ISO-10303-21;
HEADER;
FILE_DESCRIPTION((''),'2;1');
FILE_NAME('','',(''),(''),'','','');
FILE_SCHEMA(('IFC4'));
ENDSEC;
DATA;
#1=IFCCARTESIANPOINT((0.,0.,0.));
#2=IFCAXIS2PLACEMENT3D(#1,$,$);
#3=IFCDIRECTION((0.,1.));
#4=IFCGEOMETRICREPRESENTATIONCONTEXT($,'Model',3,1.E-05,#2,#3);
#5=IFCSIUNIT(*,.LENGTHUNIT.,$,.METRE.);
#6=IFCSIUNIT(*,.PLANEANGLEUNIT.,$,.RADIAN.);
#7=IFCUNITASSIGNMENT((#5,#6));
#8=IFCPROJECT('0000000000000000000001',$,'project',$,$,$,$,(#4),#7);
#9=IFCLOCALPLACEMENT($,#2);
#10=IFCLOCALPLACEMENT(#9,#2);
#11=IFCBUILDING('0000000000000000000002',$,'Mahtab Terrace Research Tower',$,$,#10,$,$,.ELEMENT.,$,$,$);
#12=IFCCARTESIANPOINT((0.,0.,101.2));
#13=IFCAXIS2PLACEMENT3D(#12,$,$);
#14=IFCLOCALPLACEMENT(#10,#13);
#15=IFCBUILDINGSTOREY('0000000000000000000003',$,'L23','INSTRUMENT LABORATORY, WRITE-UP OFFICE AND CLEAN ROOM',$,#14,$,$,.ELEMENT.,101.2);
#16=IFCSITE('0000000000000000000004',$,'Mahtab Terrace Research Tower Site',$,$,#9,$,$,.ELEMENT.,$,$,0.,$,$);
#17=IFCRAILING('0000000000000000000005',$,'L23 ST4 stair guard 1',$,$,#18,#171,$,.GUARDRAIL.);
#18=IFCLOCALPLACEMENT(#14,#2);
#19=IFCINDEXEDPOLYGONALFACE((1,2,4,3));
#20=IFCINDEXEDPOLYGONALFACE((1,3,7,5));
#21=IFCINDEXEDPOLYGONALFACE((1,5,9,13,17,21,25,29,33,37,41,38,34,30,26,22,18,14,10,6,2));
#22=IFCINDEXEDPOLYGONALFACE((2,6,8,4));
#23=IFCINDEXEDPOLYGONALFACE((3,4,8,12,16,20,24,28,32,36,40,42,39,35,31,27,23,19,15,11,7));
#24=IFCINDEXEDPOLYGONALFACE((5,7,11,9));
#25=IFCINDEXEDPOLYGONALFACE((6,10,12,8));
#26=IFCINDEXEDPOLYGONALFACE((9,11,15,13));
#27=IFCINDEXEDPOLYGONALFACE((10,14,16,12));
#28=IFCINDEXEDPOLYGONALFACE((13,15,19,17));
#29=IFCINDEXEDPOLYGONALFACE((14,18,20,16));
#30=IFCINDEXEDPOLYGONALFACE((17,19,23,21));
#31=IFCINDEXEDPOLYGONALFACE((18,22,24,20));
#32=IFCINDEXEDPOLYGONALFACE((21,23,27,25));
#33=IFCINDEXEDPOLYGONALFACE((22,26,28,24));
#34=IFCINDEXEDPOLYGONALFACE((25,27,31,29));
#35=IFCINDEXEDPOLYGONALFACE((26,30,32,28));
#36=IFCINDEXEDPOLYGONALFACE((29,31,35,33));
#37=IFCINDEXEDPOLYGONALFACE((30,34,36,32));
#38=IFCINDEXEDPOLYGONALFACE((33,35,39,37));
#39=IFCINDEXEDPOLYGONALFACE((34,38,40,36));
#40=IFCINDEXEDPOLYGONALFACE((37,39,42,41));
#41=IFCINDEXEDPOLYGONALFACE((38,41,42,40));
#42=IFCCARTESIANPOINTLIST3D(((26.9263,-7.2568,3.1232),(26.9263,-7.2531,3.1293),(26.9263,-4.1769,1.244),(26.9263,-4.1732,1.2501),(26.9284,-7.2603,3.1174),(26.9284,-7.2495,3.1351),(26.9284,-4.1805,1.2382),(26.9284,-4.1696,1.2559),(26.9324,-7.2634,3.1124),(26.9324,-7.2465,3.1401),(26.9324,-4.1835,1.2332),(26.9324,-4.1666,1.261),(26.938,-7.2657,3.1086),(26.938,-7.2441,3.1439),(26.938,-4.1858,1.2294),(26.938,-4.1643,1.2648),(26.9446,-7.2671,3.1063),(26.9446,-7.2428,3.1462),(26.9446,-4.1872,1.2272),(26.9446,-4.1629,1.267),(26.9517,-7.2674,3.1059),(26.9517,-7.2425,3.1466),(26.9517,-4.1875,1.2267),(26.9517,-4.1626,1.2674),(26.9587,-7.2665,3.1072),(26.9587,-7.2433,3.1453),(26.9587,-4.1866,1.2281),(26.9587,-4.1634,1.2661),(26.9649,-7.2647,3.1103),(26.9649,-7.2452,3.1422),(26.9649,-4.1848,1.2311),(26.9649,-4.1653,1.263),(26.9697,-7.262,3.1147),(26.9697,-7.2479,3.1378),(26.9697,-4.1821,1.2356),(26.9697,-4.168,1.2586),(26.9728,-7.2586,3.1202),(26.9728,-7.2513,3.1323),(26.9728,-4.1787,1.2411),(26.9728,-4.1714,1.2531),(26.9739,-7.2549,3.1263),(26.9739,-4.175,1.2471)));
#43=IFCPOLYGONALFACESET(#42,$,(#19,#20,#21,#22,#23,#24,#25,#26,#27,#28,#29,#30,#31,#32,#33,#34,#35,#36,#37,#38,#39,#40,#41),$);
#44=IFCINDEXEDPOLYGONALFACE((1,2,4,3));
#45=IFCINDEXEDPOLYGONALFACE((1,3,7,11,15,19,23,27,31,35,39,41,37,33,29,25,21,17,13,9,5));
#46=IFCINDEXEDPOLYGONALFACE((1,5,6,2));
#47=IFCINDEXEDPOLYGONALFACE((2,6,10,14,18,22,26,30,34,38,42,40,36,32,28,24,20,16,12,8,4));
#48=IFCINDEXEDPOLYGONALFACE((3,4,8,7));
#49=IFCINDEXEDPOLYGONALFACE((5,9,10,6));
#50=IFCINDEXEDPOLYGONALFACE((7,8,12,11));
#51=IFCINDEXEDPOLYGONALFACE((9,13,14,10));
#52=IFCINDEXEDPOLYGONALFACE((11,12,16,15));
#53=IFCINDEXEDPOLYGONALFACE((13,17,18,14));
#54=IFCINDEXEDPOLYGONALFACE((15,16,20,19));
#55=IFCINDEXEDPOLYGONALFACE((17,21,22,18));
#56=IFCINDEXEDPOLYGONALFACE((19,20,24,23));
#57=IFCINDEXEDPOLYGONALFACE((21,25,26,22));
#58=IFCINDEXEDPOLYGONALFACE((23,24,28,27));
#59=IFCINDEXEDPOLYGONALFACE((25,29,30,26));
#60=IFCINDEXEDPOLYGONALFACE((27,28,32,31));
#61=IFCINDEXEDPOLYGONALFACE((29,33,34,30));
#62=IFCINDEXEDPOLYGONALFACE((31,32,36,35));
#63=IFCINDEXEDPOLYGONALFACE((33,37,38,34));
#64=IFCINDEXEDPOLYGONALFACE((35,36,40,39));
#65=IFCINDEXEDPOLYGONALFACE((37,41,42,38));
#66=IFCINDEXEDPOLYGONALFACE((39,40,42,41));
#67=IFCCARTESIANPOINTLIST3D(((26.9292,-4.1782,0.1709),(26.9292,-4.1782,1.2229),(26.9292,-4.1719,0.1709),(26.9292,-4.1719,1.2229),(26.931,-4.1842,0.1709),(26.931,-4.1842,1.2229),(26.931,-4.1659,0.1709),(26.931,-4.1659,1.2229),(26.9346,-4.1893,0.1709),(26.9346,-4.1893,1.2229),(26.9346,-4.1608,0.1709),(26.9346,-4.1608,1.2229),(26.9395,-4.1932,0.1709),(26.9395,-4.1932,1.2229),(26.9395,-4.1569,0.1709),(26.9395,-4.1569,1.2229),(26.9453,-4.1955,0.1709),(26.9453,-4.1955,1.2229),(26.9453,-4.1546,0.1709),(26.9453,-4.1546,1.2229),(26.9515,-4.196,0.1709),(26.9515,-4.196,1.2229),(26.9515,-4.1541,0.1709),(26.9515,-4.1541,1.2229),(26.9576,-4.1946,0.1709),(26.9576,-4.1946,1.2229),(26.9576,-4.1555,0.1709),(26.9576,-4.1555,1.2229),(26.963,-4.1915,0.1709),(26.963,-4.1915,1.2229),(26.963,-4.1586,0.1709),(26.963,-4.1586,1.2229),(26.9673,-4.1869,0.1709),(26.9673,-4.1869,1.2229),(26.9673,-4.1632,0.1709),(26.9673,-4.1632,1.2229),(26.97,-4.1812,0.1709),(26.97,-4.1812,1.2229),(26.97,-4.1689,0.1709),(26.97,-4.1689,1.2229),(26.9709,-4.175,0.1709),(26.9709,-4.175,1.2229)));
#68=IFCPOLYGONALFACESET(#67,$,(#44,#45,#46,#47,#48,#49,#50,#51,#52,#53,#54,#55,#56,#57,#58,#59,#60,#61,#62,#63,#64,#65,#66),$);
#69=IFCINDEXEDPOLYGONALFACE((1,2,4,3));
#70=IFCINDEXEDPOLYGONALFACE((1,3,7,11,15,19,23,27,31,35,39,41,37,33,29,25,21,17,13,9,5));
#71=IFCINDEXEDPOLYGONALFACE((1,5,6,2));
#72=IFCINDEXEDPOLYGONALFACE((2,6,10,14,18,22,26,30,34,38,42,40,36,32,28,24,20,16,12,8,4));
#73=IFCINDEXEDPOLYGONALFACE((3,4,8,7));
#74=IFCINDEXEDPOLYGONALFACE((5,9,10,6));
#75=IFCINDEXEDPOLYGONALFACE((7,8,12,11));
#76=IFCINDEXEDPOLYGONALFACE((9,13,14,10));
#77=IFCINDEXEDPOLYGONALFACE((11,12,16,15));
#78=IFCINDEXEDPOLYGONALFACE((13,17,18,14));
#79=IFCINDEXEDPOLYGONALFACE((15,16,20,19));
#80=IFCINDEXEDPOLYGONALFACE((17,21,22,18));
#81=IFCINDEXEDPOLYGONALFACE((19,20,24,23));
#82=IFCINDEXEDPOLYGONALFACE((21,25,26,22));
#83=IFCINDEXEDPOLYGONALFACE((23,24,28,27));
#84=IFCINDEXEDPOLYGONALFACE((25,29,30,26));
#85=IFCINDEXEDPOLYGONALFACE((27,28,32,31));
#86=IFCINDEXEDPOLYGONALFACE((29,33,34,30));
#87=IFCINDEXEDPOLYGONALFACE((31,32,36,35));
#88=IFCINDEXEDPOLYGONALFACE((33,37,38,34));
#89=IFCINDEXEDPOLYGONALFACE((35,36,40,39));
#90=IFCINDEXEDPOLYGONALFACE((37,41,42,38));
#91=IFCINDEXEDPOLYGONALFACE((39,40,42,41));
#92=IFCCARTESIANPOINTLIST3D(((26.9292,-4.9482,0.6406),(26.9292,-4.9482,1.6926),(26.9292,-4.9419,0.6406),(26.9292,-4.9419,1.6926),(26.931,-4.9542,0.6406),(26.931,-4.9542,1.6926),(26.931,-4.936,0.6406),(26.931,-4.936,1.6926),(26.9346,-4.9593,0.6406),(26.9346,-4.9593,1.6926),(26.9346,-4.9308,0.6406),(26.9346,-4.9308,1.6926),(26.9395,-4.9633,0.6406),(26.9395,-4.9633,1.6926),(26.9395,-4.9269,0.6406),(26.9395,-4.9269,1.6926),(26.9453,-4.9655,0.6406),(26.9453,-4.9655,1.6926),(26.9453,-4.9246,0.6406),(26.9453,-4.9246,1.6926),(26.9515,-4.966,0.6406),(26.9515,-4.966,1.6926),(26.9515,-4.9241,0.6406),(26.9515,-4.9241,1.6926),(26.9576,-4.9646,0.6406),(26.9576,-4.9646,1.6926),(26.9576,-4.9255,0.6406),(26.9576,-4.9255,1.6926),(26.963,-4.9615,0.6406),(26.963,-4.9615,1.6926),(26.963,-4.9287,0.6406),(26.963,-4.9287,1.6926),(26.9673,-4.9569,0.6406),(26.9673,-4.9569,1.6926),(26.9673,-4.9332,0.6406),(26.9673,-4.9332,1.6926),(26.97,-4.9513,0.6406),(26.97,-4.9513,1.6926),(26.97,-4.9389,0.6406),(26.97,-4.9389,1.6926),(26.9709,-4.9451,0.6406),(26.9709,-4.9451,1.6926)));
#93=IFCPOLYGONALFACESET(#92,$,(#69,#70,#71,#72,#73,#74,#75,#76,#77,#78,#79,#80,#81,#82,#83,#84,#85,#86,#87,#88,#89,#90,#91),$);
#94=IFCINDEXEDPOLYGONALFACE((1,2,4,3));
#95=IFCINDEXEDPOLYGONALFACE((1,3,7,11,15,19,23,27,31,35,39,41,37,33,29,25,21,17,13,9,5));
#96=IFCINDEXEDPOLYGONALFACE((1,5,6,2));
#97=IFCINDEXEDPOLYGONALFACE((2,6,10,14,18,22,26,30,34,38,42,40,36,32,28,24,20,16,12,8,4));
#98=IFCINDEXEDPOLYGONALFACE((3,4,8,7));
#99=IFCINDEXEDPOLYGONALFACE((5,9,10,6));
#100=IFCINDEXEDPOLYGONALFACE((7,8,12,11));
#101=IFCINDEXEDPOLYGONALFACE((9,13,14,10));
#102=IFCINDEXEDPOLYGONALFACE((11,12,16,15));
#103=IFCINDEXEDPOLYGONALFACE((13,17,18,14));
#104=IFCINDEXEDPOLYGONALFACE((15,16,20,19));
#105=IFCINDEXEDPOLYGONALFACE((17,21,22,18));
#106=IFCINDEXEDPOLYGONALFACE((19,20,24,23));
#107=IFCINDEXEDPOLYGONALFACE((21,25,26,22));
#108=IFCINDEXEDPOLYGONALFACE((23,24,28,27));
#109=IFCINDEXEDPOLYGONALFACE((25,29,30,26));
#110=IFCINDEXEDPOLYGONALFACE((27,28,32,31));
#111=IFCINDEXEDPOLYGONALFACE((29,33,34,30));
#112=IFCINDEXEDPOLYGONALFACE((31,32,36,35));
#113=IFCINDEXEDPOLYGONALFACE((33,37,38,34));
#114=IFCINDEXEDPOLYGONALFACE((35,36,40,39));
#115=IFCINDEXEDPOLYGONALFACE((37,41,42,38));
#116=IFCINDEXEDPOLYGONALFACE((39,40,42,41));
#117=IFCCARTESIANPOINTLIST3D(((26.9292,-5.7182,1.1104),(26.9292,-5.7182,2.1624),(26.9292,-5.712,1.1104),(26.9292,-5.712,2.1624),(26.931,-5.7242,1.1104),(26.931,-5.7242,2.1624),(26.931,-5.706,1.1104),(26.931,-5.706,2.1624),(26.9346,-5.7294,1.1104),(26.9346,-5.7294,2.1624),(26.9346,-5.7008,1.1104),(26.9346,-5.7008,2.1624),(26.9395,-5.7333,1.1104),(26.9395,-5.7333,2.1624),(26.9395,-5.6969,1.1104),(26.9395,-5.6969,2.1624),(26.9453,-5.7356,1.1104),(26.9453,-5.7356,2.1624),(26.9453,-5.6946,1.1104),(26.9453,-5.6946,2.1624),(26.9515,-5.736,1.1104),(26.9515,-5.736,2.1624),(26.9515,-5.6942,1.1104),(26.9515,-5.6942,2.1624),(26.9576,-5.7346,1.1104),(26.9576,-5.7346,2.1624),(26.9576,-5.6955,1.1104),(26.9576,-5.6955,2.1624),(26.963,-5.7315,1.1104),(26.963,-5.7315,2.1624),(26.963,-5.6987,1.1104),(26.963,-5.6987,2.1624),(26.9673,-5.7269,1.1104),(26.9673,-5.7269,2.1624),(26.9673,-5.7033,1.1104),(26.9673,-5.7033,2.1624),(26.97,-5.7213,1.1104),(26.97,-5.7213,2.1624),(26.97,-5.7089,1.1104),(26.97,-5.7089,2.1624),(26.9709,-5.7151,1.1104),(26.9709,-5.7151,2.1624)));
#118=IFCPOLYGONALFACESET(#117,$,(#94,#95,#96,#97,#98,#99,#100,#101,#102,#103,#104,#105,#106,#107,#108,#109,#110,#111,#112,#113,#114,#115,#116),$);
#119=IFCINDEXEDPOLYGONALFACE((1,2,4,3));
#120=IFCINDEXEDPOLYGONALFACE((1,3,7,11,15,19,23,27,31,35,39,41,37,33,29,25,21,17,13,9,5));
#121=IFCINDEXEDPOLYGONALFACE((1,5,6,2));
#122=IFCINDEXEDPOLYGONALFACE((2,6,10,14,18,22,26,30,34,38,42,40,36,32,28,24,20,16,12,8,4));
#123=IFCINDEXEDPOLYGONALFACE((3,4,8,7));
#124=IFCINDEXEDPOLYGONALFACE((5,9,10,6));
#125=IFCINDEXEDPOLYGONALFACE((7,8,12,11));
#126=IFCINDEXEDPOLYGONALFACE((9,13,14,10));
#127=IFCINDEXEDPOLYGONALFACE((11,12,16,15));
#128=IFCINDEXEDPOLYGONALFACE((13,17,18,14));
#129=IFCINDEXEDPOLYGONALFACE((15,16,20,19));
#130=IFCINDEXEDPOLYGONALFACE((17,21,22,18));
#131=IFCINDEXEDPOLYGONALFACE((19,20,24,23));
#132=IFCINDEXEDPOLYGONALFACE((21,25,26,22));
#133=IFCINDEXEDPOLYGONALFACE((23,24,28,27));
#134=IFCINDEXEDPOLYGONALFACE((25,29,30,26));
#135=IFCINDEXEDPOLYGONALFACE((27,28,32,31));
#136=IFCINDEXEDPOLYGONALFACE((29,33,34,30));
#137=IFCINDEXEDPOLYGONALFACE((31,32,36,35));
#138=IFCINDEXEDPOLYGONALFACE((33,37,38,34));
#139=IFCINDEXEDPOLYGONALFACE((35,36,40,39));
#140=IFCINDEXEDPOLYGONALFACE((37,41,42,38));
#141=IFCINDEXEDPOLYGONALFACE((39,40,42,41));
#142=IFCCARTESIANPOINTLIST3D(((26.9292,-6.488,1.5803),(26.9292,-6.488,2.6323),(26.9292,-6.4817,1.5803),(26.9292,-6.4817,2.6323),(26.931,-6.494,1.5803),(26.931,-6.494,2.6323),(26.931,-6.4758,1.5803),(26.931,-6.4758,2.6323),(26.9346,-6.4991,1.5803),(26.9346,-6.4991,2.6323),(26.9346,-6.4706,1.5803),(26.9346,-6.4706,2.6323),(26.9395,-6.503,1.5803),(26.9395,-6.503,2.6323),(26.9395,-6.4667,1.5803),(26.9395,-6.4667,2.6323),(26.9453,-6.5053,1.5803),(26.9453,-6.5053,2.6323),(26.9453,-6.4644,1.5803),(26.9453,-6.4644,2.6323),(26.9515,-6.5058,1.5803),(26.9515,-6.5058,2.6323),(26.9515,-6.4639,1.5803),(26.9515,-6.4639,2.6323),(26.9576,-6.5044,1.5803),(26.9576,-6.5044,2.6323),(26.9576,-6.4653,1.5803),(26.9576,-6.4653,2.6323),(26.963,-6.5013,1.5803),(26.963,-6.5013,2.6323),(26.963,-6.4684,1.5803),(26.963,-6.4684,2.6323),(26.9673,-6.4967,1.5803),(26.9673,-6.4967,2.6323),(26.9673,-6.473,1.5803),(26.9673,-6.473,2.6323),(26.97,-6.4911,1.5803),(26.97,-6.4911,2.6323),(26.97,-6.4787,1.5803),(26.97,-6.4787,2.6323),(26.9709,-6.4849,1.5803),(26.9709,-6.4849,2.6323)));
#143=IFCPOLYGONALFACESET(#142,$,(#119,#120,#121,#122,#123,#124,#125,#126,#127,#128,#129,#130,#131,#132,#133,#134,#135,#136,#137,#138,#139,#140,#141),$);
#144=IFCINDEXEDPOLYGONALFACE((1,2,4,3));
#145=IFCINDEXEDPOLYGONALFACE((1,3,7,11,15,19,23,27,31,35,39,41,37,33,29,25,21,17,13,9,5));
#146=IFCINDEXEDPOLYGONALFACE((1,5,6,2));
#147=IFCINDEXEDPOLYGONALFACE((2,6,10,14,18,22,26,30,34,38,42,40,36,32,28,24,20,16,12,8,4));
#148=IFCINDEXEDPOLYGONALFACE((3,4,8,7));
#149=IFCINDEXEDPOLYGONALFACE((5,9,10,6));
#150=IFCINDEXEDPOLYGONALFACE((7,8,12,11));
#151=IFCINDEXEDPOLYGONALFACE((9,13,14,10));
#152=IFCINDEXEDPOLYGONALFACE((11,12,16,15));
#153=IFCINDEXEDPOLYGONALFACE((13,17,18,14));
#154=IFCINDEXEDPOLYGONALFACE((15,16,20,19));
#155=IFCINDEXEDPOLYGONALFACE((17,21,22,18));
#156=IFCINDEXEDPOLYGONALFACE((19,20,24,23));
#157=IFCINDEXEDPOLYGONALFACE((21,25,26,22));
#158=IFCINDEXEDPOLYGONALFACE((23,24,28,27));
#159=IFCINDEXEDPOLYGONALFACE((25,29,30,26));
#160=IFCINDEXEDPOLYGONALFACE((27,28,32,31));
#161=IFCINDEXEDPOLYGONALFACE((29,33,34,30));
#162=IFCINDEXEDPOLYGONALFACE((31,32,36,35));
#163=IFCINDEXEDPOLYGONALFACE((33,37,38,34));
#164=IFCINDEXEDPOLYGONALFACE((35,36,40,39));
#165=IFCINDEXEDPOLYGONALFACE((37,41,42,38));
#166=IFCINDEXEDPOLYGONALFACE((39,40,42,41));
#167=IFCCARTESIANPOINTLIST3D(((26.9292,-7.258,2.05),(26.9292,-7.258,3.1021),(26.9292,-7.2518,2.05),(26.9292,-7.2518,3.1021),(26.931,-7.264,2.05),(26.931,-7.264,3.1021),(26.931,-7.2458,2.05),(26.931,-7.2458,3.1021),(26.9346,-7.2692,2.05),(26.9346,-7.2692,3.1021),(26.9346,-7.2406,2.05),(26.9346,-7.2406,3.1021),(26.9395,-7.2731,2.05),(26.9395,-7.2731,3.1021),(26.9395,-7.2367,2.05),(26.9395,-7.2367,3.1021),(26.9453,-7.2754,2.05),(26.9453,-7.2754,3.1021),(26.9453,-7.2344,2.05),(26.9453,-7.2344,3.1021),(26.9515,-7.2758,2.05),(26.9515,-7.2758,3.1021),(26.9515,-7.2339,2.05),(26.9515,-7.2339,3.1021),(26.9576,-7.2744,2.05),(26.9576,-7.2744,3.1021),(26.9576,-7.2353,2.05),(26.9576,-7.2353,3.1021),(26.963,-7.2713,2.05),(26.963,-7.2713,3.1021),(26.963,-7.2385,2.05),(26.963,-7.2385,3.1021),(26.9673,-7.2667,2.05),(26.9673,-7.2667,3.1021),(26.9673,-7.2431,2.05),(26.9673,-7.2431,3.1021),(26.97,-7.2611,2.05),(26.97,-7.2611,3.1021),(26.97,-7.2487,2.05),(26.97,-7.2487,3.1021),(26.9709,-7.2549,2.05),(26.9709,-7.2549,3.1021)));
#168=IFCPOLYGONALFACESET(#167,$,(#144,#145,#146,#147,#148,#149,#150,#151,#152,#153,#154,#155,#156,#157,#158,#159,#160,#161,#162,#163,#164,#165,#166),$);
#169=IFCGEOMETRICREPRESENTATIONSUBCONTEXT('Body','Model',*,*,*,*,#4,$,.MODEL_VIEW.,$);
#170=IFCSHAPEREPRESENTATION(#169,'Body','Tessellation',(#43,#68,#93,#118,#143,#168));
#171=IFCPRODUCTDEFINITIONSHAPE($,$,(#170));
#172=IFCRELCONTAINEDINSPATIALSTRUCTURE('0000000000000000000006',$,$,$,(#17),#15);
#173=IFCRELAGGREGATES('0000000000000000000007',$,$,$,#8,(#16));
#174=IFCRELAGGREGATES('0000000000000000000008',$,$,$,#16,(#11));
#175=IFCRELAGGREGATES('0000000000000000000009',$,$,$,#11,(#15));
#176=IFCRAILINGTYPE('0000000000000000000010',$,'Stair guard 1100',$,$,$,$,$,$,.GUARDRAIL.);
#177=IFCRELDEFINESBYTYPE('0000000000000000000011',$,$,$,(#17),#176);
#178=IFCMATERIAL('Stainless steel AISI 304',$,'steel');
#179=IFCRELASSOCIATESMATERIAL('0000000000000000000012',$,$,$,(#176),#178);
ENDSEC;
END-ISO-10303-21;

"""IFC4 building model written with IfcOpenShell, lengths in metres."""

from ifc_helpers import new_model, si_unit, direction, frame, origin, origin_2d, place, context, subcontext, project, spatial, circle, extrude, material, type_object, element, save


model = new_model("IFC4")

# Units and contexts
model_context = context("Model", 3, precision=1e-05, world=origin(), true_north=direction((0.0, 1.0)))
body_context = subcontext(model_context, "Body", "Model", "MODEL_VIEW")
ifc_project = project(units=[si_unit("LENGTHUNIT", "METRE"), si_unit("PLANEANGLEUNIT", "RADIAN")], contexts=[model_context])

# Site, building, storey
site_placement = place(None, origin())
site = spatial("IfcSite", under=ifc_project, at=site_placement, Name="Mahtab Terrace Research Tower Site", CompositionType="ELEMENT", RefElevation=0.0)
building_placement = place(site_placement, origin())
building = spatial("IfcBuilding", under=site, at=building_placement, Name="Mahtab Terrace Research Tower", CompositionType="ELEMENT")
storey_placement = place(building_placement, frame((0.0, 0.0, 101.2)))
storey = spatial("IfcBuildingStorey", under=building, at=storey_placement, Name="L23", Description="INSTRUMENT LABORATORY, WRITE-UP OFFICE AND CLEAN ROOM", CompositionType="ELEMENT", Elevation=101.2)

# Shared definitions
ifc_material_1 = material(Name="Stainless steel AISI 304", Category="steel")

# Railing
railing_type_1 = type_object("IfcRailingType", Name="Stair guard 1100", PredefinedType="GUARDRAIL", material=ifc_material_1)
railing_1_placement = place(storey_placement, frame((26.95, -4.175, 0.1709)))
element("IfcRailing", 1, at=railing_1_placement, inside=storey, type_object=railing_type_1, Name="L23 ST4 stair guard 1", PredefinedType="GUARDRAIL", context=body_context, shape_type="SweptSolid", body=[
    extrude(circle(Radius=0.0239, at=origin_2d()), frame((0.0, 0.0, 1.0762), z_axis=(0.0, -0.853648, 0.52085), x_axis=(1.0, 0.0, 0.0)), (0.0, 0.0, 1.0), 3.6079),
    extrude(circle(Radius=0.021, at=origin_2d()), origin(), (0.0, 0.0, 1.0), 1.052),
    extrude(circle(Radius=0.021, at=origin_2d()), frame((0.0, -0.77, 0.4697)), (0.0, 0.0, 1.0), 1.052),
    extrude(circle(Radius=0.021, at=origin_2d()), frame((0.0, -1.54, 0.9395)), (0.0, 0.0, 1.0), 1.052),
    extrude(circle(Radius=0.021, at=origin_2d()), frame((0.0, -2.3098, 1.4094)), (0.0, 0.0, 1.0), 1.052),
    extrude(circle(Radius=0.021, at=origin_2d()), frame((0.0, -3.0798, 1.8792)), (0.0, 0.0, 1.0), 1.052),
])

save(model, "model.ifc")
